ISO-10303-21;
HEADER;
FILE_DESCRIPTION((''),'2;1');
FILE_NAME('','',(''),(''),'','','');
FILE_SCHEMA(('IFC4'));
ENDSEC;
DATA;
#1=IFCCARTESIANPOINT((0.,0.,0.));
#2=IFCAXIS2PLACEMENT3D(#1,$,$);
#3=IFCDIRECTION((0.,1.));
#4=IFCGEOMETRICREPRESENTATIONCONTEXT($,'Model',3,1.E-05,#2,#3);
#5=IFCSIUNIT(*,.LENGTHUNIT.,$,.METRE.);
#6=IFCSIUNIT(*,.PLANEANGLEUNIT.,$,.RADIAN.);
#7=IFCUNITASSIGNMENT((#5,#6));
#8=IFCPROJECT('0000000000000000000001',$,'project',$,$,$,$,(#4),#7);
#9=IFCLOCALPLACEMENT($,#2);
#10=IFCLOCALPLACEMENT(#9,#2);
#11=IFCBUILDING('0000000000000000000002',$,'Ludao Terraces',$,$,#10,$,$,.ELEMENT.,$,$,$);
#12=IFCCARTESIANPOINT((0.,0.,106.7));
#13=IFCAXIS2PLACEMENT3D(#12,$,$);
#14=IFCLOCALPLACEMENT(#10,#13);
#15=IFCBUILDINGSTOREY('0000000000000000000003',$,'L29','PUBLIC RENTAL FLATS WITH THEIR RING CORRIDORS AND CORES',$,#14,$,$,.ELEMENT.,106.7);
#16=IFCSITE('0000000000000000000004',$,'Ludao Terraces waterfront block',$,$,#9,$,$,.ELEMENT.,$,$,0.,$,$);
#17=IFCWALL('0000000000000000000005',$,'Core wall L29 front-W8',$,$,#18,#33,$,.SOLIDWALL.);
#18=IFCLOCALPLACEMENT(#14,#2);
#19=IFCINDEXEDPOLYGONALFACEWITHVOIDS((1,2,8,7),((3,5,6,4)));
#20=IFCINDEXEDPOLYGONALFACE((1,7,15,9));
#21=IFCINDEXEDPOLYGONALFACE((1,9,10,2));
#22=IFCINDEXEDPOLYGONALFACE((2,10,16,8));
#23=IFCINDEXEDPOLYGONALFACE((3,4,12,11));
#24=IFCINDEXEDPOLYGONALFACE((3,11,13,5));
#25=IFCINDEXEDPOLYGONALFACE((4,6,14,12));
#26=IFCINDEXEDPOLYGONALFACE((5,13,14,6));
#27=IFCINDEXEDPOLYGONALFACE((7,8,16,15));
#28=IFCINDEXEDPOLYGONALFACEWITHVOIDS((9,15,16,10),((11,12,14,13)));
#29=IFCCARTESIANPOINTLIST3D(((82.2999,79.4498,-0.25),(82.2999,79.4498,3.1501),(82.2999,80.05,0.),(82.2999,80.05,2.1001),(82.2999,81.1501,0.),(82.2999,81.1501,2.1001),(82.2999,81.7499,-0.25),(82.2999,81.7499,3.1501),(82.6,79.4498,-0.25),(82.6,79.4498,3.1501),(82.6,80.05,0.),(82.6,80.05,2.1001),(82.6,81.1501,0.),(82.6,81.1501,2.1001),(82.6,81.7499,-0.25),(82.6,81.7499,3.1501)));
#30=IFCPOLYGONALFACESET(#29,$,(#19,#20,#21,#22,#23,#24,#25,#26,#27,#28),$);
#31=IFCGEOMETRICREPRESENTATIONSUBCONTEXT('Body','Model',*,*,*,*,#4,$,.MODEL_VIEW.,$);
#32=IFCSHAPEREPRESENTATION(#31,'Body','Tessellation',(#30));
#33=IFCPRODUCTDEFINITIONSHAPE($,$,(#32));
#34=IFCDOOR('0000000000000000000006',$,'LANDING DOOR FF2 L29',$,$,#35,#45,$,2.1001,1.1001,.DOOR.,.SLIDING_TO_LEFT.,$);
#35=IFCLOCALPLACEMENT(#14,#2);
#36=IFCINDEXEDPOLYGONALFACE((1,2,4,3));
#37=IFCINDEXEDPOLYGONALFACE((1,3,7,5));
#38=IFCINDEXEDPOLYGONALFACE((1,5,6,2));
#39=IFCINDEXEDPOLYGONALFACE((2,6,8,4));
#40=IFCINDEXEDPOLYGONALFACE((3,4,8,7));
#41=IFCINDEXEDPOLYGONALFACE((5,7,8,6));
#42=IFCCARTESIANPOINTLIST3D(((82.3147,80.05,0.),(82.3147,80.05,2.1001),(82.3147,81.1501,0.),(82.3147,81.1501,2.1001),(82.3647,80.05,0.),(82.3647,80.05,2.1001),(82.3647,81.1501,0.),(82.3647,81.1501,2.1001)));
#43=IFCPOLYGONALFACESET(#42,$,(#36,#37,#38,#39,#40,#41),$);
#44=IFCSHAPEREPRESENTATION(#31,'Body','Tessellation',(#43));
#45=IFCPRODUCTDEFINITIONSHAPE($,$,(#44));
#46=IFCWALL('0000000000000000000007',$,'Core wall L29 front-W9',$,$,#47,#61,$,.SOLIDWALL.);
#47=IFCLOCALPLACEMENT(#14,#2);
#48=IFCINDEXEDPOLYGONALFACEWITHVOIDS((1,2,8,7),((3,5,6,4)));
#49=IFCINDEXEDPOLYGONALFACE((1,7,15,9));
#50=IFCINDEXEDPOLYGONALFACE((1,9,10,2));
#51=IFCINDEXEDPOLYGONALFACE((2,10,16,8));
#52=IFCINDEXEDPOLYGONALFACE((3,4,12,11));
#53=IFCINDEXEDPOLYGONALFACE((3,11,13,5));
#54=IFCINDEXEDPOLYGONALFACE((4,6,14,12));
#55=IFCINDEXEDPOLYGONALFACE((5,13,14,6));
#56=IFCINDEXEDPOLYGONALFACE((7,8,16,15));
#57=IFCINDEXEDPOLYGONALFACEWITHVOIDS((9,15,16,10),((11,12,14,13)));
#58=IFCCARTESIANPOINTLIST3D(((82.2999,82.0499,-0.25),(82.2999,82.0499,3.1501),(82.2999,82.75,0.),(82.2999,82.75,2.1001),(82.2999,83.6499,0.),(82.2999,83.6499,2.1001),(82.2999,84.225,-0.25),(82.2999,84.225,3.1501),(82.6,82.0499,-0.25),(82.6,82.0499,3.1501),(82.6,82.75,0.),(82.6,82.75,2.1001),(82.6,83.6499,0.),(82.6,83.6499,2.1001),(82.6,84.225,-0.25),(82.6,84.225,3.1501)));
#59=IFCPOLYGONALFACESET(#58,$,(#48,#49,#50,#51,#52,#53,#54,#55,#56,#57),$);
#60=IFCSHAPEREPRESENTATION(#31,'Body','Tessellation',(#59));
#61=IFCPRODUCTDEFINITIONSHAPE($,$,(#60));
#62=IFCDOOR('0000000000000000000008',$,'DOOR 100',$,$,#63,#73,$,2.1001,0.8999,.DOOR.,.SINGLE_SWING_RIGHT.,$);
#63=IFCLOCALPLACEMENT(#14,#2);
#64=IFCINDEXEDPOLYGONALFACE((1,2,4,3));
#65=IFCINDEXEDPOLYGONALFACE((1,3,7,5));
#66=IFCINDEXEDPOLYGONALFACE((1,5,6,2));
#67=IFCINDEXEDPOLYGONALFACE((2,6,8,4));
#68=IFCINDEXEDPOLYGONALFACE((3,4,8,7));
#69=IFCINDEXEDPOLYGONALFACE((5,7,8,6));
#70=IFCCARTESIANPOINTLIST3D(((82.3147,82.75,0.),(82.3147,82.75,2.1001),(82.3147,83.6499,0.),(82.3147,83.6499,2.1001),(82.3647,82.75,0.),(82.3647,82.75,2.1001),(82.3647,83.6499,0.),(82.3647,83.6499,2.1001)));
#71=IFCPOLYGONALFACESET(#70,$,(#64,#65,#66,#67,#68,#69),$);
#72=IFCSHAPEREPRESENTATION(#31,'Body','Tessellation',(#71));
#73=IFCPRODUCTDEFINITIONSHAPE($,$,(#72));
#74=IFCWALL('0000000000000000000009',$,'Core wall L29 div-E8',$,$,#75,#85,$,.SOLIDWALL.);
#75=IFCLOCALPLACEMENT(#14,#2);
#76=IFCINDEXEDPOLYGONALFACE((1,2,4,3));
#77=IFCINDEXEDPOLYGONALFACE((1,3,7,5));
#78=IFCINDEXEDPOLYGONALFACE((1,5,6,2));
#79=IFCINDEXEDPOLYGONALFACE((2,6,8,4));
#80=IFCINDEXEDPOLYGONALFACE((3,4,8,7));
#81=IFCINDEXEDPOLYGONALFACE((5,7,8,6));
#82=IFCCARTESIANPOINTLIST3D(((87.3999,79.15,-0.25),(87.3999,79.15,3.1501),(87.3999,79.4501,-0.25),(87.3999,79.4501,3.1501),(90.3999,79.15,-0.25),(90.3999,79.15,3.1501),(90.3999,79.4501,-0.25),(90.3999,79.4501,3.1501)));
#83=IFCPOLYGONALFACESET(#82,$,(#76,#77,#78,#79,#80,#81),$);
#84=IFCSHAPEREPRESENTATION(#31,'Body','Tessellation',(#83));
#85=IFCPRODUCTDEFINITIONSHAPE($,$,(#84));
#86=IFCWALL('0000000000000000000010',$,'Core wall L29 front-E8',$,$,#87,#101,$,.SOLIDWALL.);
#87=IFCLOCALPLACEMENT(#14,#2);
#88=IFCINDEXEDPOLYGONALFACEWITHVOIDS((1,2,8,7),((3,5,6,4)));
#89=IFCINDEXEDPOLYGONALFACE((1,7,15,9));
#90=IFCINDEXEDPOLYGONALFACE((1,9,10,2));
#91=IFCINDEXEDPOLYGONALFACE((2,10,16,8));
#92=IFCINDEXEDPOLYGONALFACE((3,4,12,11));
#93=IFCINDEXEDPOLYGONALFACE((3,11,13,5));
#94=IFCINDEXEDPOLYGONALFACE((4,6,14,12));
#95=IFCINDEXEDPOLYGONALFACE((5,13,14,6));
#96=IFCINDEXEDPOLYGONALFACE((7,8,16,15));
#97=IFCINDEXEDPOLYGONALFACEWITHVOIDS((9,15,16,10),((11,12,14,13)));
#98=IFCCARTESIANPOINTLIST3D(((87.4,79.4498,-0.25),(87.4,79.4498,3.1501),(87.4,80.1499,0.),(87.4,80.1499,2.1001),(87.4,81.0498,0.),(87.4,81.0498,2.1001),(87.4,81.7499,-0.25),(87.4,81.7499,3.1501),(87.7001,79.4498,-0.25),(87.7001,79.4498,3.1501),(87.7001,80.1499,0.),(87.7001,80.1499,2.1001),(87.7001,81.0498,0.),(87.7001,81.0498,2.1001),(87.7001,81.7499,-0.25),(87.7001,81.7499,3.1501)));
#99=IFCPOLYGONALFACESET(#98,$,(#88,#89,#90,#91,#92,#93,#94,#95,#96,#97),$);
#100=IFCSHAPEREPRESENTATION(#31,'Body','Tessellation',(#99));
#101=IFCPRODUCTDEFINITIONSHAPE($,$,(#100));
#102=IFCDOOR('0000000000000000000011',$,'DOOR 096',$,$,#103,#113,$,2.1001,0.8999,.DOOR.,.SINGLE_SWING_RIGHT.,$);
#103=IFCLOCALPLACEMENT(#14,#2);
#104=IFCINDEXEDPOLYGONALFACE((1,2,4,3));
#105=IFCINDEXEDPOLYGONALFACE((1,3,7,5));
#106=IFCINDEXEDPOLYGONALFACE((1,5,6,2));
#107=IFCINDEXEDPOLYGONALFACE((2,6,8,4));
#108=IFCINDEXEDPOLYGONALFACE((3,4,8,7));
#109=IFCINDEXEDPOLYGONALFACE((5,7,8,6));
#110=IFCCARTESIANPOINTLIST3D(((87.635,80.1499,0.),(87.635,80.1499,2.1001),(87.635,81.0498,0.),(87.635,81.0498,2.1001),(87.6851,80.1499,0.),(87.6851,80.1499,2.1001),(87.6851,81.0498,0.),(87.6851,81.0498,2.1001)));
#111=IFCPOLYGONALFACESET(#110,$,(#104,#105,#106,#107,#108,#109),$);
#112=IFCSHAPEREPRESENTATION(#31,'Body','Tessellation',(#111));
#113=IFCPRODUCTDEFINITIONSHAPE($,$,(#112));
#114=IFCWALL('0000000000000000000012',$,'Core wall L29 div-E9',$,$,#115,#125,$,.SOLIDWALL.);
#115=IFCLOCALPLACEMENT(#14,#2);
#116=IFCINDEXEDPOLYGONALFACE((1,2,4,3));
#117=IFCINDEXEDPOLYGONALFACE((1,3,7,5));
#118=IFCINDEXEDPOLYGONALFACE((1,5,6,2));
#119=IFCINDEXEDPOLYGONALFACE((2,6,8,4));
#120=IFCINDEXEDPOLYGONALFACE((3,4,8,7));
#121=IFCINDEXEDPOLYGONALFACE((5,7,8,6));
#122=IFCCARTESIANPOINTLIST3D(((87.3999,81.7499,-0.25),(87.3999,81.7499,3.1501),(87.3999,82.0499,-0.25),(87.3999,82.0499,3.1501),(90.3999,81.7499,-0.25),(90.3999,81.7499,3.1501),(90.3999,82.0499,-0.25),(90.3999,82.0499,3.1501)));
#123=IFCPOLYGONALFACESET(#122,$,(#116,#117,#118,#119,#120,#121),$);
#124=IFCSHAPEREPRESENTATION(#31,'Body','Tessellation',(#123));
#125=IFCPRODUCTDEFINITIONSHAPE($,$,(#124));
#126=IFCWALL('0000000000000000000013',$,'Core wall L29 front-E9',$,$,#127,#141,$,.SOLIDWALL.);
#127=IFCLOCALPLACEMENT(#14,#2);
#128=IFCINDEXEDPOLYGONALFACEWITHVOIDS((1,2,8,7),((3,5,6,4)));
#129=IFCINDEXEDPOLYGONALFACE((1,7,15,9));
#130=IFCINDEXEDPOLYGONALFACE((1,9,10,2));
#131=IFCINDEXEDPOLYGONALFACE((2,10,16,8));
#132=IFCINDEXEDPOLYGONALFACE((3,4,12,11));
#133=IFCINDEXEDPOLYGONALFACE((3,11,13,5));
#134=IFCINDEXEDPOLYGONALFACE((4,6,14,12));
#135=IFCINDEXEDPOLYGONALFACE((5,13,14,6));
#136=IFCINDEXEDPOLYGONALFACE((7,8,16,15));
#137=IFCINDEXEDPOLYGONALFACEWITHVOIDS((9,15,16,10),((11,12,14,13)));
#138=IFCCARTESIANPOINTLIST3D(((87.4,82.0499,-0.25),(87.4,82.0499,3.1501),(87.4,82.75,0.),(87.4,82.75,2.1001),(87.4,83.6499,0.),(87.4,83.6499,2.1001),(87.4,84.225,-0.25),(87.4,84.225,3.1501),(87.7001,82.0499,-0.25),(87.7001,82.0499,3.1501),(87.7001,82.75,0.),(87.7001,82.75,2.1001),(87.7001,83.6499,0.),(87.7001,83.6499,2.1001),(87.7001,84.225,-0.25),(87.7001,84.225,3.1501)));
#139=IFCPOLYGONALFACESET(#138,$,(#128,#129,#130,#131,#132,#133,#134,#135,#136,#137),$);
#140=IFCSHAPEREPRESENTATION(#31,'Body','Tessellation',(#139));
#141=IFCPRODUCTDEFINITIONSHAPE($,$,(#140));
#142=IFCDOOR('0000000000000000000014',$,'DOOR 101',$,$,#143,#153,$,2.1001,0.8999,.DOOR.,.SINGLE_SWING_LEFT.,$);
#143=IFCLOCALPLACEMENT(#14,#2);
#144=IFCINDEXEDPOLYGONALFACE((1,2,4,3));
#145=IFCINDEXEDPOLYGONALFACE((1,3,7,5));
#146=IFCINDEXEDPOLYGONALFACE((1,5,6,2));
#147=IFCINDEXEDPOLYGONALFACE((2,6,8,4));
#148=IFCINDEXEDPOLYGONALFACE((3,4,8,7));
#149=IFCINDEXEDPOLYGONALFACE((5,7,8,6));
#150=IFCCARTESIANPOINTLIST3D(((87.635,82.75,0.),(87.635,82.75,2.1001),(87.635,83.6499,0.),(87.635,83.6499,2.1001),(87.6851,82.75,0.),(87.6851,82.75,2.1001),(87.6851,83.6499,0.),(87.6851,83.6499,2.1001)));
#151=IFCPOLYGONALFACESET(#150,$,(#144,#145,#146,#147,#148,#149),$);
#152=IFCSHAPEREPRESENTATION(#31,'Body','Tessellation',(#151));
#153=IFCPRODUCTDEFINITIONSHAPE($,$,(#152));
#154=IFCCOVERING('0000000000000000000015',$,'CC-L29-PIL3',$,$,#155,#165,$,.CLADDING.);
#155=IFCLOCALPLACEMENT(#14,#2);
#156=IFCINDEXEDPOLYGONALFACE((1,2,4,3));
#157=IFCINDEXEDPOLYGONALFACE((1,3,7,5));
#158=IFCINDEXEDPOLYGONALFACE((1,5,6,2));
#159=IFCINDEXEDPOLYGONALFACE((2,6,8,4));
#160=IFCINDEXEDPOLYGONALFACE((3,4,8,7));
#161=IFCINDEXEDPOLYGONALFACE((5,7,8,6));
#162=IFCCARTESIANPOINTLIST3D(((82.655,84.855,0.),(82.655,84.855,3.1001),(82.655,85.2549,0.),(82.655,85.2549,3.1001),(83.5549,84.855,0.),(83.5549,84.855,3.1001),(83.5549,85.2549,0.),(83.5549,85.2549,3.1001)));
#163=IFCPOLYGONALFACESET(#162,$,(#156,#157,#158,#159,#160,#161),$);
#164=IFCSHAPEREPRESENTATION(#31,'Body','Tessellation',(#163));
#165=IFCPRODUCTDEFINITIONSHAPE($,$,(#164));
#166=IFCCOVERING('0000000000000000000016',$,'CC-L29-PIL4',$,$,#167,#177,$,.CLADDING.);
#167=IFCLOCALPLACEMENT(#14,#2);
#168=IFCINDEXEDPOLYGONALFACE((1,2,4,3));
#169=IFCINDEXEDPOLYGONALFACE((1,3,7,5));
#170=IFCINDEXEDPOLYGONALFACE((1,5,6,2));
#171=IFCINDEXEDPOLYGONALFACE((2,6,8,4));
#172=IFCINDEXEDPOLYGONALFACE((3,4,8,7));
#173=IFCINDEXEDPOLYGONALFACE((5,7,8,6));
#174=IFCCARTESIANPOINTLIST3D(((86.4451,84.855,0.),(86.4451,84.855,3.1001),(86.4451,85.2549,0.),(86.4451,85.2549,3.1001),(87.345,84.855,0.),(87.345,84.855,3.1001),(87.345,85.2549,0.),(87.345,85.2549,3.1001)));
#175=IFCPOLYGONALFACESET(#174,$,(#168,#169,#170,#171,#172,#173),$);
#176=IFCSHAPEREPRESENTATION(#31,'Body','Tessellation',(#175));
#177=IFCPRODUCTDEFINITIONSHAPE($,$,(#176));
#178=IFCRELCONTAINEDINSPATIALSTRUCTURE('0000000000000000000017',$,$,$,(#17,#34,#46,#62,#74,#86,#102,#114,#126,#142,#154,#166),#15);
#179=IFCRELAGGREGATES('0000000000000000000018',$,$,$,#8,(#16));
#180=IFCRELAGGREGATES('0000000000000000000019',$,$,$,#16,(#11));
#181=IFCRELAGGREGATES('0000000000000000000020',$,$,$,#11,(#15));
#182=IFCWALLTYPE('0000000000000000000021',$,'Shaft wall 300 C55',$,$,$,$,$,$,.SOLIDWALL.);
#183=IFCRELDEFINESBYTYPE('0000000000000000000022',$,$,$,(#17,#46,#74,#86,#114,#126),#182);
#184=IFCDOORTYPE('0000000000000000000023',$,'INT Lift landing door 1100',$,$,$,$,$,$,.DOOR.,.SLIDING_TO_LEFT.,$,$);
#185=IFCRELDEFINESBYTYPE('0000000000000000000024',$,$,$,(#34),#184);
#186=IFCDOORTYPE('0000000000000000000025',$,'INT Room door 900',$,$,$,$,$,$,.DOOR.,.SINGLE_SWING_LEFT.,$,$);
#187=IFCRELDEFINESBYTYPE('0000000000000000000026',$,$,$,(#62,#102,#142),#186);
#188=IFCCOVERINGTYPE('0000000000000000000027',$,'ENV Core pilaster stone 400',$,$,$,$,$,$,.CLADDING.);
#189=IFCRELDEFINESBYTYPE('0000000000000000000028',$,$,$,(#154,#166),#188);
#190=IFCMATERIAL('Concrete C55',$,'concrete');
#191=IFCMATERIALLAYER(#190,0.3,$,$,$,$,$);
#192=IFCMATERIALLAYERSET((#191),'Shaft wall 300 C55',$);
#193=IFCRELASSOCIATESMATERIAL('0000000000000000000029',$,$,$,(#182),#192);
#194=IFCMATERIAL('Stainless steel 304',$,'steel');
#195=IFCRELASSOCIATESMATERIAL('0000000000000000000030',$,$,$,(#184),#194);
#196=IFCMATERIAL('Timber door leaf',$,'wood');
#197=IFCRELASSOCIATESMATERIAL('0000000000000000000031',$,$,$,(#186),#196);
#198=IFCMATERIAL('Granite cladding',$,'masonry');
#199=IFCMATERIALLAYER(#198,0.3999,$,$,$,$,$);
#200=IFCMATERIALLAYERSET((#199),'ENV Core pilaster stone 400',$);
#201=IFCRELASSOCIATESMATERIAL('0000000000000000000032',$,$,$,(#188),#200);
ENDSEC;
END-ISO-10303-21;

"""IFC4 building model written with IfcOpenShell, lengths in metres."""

from ifc_helpers import new_model, si_unit, direction, frame, frame_2d, origin, origin_2d, place, context, subcontext, project, spatial, rectangle, extrude, material, layer, layer_set, type_object, element, fill, save


model = new_model("IFC4")

# Units and contexts
model_context = context("Model", 3, precision=1e-05, world=origin(), true_north=direction((0.0, 1.0)))
body_context = subcontext(model_context, "Body", "Model", "MODEL_VIEW")
ifc_project = project(units=[si_unit("LENGTHUNIT", "METRE"), si_unit("PLANEANGLEUNIT", "RADIAN")], contexts=[model_context])

# Site, building, storey
site_placement = place(None, origin())
site = spatial("IfcSite", under=ifc_project, at=site_placement, Name="Ludao Terraces waterfront block", CompositionType="ELEMENT", RefElevation=0.0)
building_placement = place(site_placement, origin())
building = spatial("IfcBuilding", under=site, at=building_placement, Name="Ludao Terraces", CompositionType="ELEMENT")
storey_placement = place(building_placement, frame((0.0, 0.0, 106.7)))
storey = spatial("IfcBuildingStorey", under=building, at=storey_placement, Name="L29", Description="PUBLIC RENTAL FLATS WITH THEIR RING CORRIDORS AND CORES", CompositionType="ELEMENT", Elevation=106.7)

# Walls, openings, doors
ifc_material_1 = material(Name="Concrete C55", Category="concrete")
ifc_layer_1 = layer(ifc_material_1, 0.3)
ifc_layer_set_1 = layer_set([ifc_layer_1], Name="Shaft wall 300 C55")
wall_type = type_object("IfcWallType", Name="Shaft wall 300 C55", PredefinedType="SOLIDWALL", material=ifc_layer_set_1)
wall_1_placement = place(storey_placement, frame((82.45, 79.45, -0.25), z_axis=(0.0, 0.0, 1.0), x_axis=(0.0, 1.0, 0.0)))
wall_1 = element("IfcWall", 1, at=wall_1_placement, inside=storey, type_object=wall_type, Name="Core wall L29 front-W8", PredefinedType="SOLIDWALL", context=body_context, shape_type="SweptSolid", body=[
    extrude(rectangle(XDim=2.3, YDim=0.3, at=frame_2d((1.1499, 0.0))), origin(), (0.0, 0.0, 1.0), 3.4001),
])
opening_1_placement = place(wall_1_placement, frame((0.6001, 0.0, 0.25)))
opening_1 = element("IfcOpeningElement", 2, at=opening_1_placement, cuts=wall_1, PredefinedType="OPENING", context=body_context, shape_type="SweptSolid", body=[
    extrude(rectangle(XDim=1.1001, YDim=2.1001, at=frame_2d((0.55, 1.05))), frame((0.0, 0.1602, 0.0), z_axis=(0.0, -1.0, 0.0), x_axis=(1.0, 0.0, 0.0)), (0.0, 0.0, 1.0), 0.3201),
])
ifc_material_2 = material(Name="Stainless steel 304", Category="steel")
door_type_1 = type_object("IfcDoorType", Name="INT Lift landing door 1100", OperationType="SLIDING_TO_LEFT", PredefinedType="DOOR", material=ifc_material_2)
door_1_placement = place(opening_1_placement, origin())
door_1 = element("IfcDoor", 3, at=door_1_placement, inside=storey, type_object=door_type_1, Name="LANDING DOOR FF2 L29", OperationType="SLIDING_TO_LEFT", OverallHeight=2.1001, OverallWidth=1.1001, PredefinedType="DOOR", context=body_context, shape_type="SweptSolid", body=[
    extrude(rectangle(XDim=1.1001, YDim=2.1001, at=frame_2d((0.55, 1.05))), frame((0.0, 0.1353, 0.0), z_axis=(0.0, -1.0, 0.0), x_axis=(1.0, 0.0, 0.0)), (0.0, 0.0, 1.0), 0.05),
])
fill(opening_1, door_1)
wall_2_placement = place(storey_placement, frame((82.45, 82.05, -0.25), z_axis=(0.0, 0.0, 1.0), x_axis=(0.0, 1.0, 0.0)))
wall_2 = element("IfcWall", 4, at=wall_2_placement, inside=storey, type_object=wall_type, Name="Core wall L29 front-W9", PredefinedType="SOLIDWALL", context=body_context, shape_type="SweptSolid", body=[
    extrude(rectangle(XDim=2.175, YDim=0.3, at=frame_2d((1.0874, 0.0))), origin(), (0.0, 0.0, 1.0), 3.4001),
])
opening_2_placement = place(wall_2_placement, frame((0.7, 0.0, 0.25)))
opening_2 = element("IfcOpeningElement", 5, at=opening_2_placement, cuts=wall_2, PredefinedType="OPENING", context=body_context, shape_type="SweptSolid", body=[
    extrude(rectangle(XDim=0.8999, YDim=2.1001, at=frame_2d((0.45, 1.05))), frame((0.0, 0.1602, 0.0), z_axis=(0.0, -1.0, 0.0), x_axis=(1.0, 0.0, 0.0)), (0.0, 0.0, 1.0), 0.3201),
])
ifc_material_3 = material(Name="Timber door leaf", Category="wood")
door_type_2 = type_object("IfcDoorType", Name="INT Room door 900", OperationType="SINGLE_SWING_LEFT", PredefinedType="DOOR", material=ifc_material_3)
door_2_placement = place(opening_2_placement, origin())
door_2 = element("IfcDoor", 6, at=door_2_placement, inside=storey, type_object=door_type_2, Name="DOOR 100", OperationType="SINGLE_SWING_RIGHT", OverallHeight=2.1001, OverallWidth=0.8999, PredefinedType="DOOR", context=body_context, shape_type="SweptSolid", body=[
    extrude(rectangle(XDim=0.8999, YDim=2.1001, at=frame_2d((0.45, 1.05))), frame((0.0, 0.1353, 0.0), z_axis=(0.0, -1.0, 0.0), x_axis=(1.0, 0.0, 0.0)), (0.0, 0.0, 1.0), 0.05),
])
fill(opening_2, door_2)

# Wall
wall_3_placement = place(storey_placement, frame((87.3999, 79.3, -0.25), z_axis=(0.0, 0.0, 1.0), x_axis=(1.0, 0.0, 0.0)))
element("IfcWall", 7, at=wall_3_placement, inside=storey, type_object=wall_type, Name="Core wall L29 div-E8", PredefinedType="SOLIDWALL", context=body_context, shape_type="SweptSolid", body=[
    extrude(rectangle(XDim=3.0, YDim=0.3, at=frame_2d((1.5, 0.0))), origin(), (0.0, 0.0, 1.0), 3.4001),
])

# Wall, opening, door
wall_4_placement = place(storey_placement, frame((87.55, 79.45, -0.25), z_axis=(0.0, 0.0, 1.0), x_axis=(0.0, 1.0, 0.0)))
wall_4 = element("IfcWall", 8, at=wall_4_placement, inside=storey, type_object=wall_type, Name="Core wall L29 front-E8", PredefinedType="SOLIDWALL", context=body_context, shape_type="SweptSolid", body=[
    extrude(rectangle(XDim=2.3, YDim=0.3, at=frame_2d((1.1499, 0.0))), origin(), (0.0, 0.0, 1.0), 3.4001),
])
opening_3_placement = place(wall_4_placement, frame((0.7, 0.0, 0.25)))
opening_3 = element("IfcOpeningElement", 9, at=opening_3_placement, cuts=wall_4, PredefinedType="OPENING", context=body_context, shape_type="SweptSolid", body=[
    extrude(rectangle(XDim=0.8999, YDim=2.1001, at=frame_2d((0.45, 1.05))), frame((0.0, 0.1602, 0.0), z_axis=(0.0, -1.0, 0.0), x_axis=(1.0, 0.0, 0.0)), (0.0, 0.0, 1.0), 0.3201),
])
door_3_placement = place(opening_3_placement, origin())
door_3 = element("IfcDoor", 10, at=door_3_placement, inside=storey, type_object=door_type_2, Name="DOOR 096", OperationType="SINGLE_SWING_RIGHT", OverallHeight=2.1001, OverallWidth=0.8999, PredefinedType="DOOR", context=body_context, shape_type="SweptSolid", body=[
    extrude(rectangle(XDim=0.8999, YDim=2.1001, at=frame_2d((0.45, 1.05))), frame((0.0, -0.085, 0.0), z_axis=(0.0, -1.0, 0.0), x_axis=(1.0, 0.0, 0.0)), (0.0, 0.0, 1.0), 0.05),
])
fill(opening_3, door_3)

# Wall
wall_5_placement = place(storey_placement, frame((87.3999, 81.8999, -0.25), z_axis=(0.0, 0.0, 1.0), x_axis=(1.0, 0.0, 0.0)))
element("IfcWall", 11, at=wall_5_placement, inside=storey, type_object=wall_type, Name="Core wall L29 div-E9", PredefinedType="SOLIDWALL", context=body_context, shape_type="SweptSolid", body=[
    extrude(rectangle(XDim=3.0, YDim=0.3, at=frame_2d((1.5, 0.0))), origin(), (0.0, 0.0, 1.0), 3.4001),
])

# Wall, opening, door
wall_6_placement = place(storey_placement, frame((87.55, 82.05, -0.25), z_axis=(0.0, 0.0, 1.0), x_axis=(0.0, 1.0, 0.0)))
wall_6 = element("IfcWall", 12, at=wall_6_placement, inside=storey, type_object=wall_type, Name="Core wall L29 front-E9", PredefinedType="SOLIDWALL", context=body_context, shape_type="SweptSolid", body=[
    extrude(rectangle(XDim=2.175, YDim=0.3, at=frame_2d((1.0874, 0.0))), origin(), (0.0, 0.0, 1.0), 3.4001),
])
opening_4_placement = place(wall_6_placement, frame((0.7, 0.0, 0.25)))
opening_4 = element("IfcOpeningElement", 13, at=opening_4_placement, cuts=wall_6, PredefinedType="OPENING", context=body_context, shape_type="SweptSolid", body=[
    extrude(rectangle(XDim=0.8999, YDim=2.1001, at=frame_2d((0.45, 1.05))), frame((0.0, 0.1602, 0.0), z_axis=(0.0, -1.0, 0.0), x_axis=(1.0, 0.0, 0.0)), (0.0, 0.0, 1.0), 0.3201),
])
door_4_placement = place(opening_4_placement, origin())
door_4 = element("IfcDoor", 14, at=door_4_placement, inside=storey, type_object=door_type_2, Name="DOOR 101", OperationType="SINGLE_SWING_LEFT", OverallHeight=2.1001, OverallWidth=0.8999, PredefinedType="DOOR", context=body_context, shape_type="SweptSolid", body=[
    extrude(rectangle(XDim=0.8999, YDim=2.1001, at=frame_2d((0.45, 1.05))), frame((0.0, -0.085, 0.0), z_axis=(0.0, -1.0, 0.0), x_axis=(1.0, 0.0, 0.0)), (0.0, 0.0, 1.0), 0.05),
])
fill(opening_4, door_4)

# Coverings
ifc_material_4 = material(Name="Granite cladding", Category="masonry")
ifc_layer_2 = layer(ifc_material_4, 0.3999)
ifc_layer_set_2 = layer_set([ifc_layer_2], Name="ENV Core pilaster stone 400")
covering_type_1 = type_object("IfcCoveringType", Name="ENV Core pilaster stone 400", PredefinedType="CLADDING", material=ifc_layer_set_2)
for number, where, z_axis, x_axis, name in (
    (15, (83.105, 85.0549, 0.0), (0.0, 0.0, 1.0), (1.0, 0.0, 0.0), "CC-L29-PIL3"),
    (16, (86.895, 85.0549, 0.0), (0.0, 0.0, 1.0), (1.0, 0.0, 0.0), "CC-L29-PIL4"),
):
    element("IfcCovering", number, at=place(storey_placement, frame(where, z_axis=z_axis, x_axis=x_axis)), inside=storey, type_object=covering_type_1, Name=name, PredefinedType="CLADDING", context=body_context, shape_type="SweptSolid", body=[
        extrude(rectangle(XDim=0.8999, YDim=0.3999, at=origin_2d()), origin(), (0.0, 0.0, 1.0), 3.1001),
    ])

save(model, "model.ifc")
